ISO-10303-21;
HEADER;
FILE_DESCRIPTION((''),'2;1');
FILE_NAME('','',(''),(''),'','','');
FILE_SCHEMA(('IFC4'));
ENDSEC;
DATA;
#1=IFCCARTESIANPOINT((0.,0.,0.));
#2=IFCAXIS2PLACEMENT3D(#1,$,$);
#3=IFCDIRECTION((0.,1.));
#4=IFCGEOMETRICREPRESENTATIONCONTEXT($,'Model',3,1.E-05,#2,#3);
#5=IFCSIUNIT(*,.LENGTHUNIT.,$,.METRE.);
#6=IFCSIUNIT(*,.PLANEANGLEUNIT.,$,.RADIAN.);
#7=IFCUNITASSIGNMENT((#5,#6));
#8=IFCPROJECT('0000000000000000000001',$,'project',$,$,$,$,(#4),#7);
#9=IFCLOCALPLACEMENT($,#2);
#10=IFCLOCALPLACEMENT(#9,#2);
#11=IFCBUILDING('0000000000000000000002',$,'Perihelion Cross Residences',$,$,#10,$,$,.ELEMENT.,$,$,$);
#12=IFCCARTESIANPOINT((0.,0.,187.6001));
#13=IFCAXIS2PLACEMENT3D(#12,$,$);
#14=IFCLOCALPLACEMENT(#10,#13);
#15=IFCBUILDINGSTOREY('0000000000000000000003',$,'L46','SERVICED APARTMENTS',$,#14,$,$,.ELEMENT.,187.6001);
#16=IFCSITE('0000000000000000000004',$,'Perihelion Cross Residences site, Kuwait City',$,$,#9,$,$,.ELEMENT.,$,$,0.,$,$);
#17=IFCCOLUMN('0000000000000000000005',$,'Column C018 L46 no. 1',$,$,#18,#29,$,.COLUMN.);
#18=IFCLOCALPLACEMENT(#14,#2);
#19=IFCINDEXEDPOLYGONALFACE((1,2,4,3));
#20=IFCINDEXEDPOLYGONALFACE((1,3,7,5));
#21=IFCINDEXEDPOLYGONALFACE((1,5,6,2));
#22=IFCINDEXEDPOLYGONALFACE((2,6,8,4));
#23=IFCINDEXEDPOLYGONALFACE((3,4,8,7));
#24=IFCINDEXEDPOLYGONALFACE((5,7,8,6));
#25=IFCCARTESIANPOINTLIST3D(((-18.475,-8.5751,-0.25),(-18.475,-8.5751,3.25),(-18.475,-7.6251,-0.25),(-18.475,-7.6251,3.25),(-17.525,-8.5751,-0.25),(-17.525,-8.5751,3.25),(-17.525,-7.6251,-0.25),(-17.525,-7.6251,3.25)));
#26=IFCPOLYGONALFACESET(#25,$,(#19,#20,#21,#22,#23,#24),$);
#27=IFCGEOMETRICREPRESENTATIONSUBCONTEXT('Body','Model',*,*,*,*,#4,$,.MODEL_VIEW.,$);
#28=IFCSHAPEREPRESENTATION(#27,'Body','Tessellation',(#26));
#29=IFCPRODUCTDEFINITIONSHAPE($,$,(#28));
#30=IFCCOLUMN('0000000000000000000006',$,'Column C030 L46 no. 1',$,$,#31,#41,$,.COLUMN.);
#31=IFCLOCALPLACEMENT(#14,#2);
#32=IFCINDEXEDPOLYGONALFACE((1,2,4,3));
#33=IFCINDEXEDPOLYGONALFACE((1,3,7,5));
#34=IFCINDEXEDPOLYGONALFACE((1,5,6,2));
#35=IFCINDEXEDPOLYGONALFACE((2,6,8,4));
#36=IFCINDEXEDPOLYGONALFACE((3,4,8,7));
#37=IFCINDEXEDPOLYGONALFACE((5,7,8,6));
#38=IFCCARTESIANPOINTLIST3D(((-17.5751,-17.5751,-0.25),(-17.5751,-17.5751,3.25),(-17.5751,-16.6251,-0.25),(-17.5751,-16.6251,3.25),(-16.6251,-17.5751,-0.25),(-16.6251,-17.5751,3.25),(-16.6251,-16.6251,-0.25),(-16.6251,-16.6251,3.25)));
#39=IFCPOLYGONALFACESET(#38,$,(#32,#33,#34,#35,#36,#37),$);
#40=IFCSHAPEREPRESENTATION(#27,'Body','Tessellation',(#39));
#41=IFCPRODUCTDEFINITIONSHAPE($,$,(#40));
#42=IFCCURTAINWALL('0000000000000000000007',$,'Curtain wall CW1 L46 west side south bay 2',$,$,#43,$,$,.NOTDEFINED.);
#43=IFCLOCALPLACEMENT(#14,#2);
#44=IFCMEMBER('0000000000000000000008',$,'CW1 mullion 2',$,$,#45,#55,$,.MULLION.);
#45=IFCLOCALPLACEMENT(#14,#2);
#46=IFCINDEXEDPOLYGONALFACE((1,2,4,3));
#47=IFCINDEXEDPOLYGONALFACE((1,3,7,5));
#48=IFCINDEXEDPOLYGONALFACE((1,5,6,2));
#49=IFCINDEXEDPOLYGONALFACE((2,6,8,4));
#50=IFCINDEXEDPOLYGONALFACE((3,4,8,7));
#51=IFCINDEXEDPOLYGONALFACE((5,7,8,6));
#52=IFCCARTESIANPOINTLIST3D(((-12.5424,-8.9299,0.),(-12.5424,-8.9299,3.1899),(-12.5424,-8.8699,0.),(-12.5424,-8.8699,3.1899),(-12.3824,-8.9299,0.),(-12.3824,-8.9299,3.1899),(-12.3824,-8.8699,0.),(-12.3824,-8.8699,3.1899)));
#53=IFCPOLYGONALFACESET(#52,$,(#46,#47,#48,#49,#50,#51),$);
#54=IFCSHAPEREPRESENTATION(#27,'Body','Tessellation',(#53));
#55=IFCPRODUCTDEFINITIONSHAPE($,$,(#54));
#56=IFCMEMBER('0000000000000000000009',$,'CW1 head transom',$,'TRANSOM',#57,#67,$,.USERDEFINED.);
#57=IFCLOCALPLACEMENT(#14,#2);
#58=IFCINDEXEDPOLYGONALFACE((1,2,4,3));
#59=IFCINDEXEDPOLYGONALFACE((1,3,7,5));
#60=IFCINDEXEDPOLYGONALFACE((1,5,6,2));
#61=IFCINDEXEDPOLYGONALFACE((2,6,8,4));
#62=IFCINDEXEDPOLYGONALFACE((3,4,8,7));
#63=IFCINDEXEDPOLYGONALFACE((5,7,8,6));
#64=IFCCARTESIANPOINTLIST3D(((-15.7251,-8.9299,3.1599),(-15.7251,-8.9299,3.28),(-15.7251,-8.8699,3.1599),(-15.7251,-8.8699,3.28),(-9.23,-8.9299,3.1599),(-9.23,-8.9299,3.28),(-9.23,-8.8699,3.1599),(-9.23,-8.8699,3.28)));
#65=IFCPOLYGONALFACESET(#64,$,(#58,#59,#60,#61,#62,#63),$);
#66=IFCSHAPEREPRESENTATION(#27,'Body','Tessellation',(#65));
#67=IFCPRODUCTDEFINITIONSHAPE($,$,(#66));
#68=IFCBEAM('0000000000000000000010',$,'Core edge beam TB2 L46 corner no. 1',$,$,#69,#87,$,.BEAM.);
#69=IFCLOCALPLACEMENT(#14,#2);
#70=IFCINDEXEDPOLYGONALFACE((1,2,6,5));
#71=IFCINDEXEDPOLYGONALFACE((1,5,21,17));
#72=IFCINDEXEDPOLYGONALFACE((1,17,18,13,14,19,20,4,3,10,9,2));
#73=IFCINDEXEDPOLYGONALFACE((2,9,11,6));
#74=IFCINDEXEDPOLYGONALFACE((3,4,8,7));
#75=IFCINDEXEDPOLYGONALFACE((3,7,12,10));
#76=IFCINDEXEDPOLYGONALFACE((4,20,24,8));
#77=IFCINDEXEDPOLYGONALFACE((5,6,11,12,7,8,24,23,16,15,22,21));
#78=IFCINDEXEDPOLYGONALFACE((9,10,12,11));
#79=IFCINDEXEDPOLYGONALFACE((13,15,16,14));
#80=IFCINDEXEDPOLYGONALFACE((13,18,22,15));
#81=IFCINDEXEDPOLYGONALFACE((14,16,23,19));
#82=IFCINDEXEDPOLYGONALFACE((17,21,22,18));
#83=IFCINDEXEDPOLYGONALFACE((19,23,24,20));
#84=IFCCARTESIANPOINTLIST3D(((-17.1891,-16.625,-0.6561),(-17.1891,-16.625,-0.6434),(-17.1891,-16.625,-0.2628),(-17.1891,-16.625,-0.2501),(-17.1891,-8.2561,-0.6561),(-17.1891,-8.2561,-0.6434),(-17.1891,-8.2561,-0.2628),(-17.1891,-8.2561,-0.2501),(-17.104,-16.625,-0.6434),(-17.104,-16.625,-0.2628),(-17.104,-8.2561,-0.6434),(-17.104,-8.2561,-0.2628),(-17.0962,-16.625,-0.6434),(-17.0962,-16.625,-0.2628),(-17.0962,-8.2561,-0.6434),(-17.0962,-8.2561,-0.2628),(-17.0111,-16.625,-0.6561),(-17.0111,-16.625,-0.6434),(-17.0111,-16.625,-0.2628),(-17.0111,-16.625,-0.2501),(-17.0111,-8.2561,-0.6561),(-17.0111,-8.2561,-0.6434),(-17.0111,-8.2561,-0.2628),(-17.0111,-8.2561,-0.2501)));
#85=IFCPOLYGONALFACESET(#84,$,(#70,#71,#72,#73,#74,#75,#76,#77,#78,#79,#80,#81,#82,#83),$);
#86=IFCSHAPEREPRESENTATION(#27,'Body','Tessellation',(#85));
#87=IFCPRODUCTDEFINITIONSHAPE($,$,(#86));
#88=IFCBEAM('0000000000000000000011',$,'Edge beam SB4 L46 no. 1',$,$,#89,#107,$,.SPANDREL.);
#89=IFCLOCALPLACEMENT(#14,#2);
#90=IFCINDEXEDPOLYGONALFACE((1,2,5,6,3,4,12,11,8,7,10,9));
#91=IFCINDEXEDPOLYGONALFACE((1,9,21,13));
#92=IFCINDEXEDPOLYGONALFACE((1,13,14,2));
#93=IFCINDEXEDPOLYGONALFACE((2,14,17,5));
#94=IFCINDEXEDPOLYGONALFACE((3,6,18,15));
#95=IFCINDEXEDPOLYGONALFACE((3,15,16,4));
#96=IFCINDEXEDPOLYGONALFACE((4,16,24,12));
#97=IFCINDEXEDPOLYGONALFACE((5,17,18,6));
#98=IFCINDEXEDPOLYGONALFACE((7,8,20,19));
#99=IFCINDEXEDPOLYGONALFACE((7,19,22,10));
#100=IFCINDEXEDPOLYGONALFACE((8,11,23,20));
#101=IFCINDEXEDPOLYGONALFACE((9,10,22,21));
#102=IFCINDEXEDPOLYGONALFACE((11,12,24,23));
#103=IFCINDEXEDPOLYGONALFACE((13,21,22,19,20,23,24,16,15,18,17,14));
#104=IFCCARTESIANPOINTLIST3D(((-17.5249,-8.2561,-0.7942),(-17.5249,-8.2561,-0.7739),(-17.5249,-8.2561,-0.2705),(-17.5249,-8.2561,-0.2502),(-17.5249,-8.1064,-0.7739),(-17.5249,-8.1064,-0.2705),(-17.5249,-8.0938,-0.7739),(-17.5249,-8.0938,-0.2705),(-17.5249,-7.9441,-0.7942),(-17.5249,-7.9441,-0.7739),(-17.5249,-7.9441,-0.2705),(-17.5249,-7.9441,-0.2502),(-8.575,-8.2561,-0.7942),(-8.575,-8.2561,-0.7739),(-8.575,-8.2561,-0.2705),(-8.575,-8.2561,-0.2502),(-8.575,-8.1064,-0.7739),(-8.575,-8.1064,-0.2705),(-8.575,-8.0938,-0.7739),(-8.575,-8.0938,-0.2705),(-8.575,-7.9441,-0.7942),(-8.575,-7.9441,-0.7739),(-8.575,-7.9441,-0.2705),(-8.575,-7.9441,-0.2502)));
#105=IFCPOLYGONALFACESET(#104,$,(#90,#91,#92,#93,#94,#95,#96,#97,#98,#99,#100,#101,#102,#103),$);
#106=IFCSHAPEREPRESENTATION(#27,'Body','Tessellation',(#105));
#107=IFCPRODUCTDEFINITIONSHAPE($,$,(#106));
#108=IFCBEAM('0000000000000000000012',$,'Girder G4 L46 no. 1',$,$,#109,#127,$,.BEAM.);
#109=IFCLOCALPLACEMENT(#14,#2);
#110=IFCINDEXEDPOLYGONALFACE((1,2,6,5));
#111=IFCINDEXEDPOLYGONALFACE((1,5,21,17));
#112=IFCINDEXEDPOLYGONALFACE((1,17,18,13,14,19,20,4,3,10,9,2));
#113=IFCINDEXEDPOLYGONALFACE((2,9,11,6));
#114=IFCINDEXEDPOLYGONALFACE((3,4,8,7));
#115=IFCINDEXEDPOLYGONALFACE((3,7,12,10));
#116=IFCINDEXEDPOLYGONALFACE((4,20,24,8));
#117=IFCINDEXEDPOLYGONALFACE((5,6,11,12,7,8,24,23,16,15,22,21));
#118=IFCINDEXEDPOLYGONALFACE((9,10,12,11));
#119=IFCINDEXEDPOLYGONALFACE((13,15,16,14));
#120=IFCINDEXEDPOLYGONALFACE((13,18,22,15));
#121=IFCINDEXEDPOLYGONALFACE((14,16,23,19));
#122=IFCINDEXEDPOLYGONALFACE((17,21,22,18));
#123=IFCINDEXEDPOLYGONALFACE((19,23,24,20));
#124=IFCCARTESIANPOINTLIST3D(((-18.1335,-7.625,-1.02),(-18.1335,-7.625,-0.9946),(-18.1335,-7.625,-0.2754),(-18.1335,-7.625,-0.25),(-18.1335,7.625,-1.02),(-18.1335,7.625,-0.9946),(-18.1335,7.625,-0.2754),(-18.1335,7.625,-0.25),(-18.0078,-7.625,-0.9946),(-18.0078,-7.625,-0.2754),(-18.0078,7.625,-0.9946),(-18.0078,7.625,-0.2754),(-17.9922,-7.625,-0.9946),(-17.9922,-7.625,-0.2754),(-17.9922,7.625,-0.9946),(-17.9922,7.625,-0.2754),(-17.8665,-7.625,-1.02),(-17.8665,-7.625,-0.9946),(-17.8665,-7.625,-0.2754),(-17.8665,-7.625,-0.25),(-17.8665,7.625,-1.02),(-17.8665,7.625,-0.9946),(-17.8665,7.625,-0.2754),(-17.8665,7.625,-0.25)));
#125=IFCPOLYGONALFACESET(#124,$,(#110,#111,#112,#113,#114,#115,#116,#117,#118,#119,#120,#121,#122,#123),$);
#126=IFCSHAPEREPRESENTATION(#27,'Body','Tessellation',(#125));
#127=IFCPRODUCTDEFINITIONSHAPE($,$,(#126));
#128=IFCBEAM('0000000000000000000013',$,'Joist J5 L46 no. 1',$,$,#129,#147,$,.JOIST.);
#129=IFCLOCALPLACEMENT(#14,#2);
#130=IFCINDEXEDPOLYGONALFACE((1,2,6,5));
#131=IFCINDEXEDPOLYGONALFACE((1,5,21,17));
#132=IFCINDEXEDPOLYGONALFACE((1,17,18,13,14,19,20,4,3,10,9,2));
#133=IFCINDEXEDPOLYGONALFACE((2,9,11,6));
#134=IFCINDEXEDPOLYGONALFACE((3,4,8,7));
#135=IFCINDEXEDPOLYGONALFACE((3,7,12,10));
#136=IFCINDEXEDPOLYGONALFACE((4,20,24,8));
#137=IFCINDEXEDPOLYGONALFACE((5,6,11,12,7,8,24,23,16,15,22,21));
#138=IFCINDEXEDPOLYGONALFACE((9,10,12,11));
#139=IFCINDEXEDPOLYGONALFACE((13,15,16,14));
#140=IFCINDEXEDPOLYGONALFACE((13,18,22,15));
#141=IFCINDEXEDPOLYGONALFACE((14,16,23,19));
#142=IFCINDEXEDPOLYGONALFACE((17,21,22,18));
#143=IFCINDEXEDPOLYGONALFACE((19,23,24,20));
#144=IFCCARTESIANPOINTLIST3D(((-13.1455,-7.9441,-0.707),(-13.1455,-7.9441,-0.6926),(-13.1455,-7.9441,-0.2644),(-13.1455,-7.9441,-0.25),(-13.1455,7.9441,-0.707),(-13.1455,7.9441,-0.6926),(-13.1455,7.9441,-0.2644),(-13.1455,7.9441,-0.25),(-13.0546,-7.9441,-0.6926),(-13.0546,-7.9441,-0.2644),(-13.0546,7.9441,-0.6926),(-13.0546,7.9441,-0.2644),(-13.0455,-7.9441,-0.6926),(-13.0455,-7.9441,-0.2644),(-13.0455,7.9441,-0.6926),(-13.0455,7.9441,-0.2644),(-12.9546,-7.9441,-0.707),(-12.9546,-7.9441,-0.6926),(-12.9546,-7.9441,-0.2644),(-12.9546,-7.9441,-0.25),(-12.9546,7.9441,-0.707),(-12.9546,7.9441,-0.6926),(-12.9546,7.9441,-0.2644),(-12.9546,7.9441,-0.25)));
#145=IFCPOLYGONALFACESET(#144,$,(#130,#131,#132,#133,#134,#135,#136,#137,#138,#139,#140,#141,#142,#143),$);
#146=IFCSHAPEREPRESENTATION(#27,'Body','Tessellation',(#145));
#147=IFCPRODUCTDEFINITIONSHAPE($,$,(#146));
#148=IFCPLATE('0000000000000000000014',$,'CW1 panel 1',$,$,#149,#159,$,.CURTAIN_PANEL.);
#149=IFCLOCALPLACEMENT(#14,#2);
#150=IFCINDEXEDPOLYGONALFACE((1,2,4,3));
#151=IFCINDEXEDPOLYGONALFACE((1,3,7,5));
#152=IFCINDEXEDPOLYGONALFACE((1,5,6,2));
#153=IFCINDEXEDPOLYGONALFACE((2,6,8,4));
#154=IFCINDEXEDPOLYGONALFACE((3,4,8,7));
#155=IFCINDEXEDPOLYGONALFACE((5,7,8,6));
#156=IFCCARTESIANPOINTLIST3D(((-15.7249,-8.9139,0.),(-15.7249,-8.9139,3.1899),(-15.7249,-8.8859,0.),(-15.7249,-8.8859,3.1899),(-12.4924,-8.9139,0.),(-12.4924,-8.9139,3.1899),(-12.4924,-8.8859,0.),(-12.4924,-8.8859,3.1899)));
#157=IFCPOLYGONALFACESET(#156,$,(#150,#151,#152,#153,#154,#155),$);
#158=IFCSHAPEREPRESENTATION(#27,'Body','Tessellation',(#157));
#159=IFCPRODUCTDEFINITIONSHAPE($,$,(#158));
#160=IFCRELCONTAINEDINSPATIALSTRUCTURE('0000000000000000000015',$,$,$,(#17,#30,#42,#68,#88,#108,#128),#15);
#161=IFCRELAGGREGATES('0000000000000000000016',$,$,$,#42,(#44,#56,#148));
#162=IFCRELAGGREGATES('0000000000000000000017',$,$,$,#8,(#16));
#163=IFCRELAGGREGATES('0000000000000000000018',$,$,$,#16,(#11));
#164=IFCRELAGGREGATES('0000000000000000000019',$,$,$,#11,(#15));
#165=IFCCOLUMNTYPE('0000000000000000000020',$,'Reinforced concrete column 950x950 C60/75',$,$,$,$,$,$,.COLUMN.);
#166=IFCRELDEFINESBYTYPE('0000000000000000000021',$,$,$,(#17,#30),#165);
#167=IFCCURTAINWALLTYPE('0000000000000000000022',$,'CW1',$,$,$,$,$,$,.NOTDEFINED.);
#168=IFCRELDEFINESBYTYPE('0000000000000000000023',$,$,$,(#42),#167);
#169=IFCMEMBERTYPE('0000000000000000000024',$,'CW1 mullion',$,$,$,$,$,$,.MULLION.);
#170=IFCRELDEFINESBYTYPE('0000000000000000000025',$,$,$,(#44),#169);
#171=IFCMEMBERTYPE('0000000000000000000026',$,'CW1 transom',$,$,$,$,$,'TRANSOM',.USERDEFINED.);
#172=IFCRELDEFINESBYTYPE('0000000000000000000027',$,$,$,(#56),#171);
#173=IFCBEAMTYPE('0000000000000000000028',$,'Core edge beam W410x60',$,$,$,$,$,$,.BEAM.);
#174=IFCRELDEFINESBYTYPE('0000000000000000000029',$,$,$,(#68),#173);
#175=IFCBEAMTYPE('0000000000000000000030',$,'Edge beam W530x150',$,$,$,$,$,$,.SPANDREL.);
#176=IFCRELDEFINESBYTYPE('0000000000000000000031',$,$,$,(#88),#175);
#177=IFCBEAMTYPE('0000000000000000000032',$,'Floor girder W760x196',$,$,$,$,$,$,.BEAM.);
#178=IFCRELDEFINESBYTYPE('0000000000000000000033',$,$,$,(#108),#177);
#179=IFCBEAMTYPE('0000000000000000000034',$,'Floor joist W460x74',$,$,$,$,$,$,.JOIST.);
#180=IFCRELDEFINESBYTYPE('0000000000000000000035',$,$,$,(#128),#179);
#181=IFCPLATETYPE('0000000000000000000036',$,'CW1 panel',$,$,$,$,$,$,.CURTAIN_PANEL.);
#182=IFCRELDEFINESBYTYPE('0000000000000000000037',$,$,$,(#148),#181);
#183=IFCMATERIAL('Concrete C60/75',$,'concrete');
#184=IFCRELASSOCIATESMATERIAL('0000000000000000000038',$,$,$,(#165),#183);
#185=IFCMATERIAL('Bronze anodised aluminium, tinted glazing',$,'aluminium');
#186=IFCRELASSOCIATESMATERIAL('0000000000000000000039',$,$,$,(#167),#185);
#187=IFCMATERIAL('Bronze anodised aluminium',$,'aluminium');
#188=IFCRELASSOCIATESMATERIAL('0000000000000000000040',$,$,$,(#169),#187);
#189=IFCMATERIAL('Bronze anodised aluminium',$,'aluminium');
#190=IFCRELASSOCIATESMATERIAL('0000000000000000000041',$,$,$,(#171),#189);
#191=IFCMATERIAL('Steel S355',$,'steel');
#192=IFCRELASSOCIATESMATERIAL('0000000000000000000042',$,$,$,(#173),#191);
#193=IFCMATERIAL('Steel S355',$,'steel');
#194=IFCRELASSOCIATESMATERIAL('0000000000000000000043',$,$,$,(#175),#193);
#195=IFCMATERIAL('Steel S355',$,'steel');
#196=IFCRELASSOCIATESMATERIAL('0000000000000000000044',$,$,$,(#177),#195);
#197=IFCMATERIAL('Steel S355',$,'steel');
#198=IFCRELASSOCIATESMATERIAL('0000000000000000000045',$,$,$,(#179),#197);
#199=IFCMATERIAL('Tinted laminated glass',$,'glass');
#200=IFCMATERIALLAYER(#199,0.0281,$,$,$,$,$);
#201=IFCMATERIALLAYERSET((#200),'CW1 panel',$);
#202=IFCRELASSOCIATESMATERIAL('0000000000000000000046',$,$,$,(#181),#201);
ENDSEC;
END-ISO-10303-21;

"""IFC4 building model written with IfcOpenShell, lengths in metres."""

from ifc_helpers import new_model, si_unit, direction, frame, origin, origin_2d, place, context, subcontext, project, spatial, rectangle, i_section, extrude, material, layer, layer_set, material_profile, profile_set, type_object, element, aggregate, save


model = new_model("IFC4")

# Units and contexts
model_context = context("Model", 3, precision=1e-05, world=origin(), true_north=direction((0.0, 1.0)))
body_context = subcontext(model_context, "Body", "Model", "MODEL_VIEW")
ifc_project = project(units=[si_unit("LENGTHUNIT", "METRE"), si_unit("PLANEANGLEUNIT", "RADIAN")], contexts=[model_context])

# Site, building, storey
site_placement = place(None, origin())
site = spatial("IfcSite", under=ifc_project, at=site_placement, Name="Perihelion Cross Residences site, Kuwait City", CompositionType="ELEMENT", RefElevation=0.0)
building_placement = place(site_placement, origin())
building = spatial("IfcBuilding", under=site, at=building_placement, Name="Perihelion Cross Residences", CompositionType="ELEMENT")
storey_placement = place(building_placement, frame((0.0, 0.0, 187.6001)))
storey = spatial("IfcBuildingStorey", under=building, at=storey_placement, Name="L46", Description="SERVICED APARTMENTS", CompositionType="ELEMENT", Elevation=187.6001)

# Columns
ifc_material_1 = material(Name="Concrete C60/75", Category="concrete")
ifc_material_profile_1 = material_profile(ifc_material_1, rectangle(XDim=0.95, YDim=0.95, at=origin_2d()), Name="RC 950x950")
ifc_profile_set_1 = profile_set([ifc_material_profile_1], Name="Concrete C60/75")
column_type = type_object("IfcColumnType", Name="Reinforced concrete column 950x950 C60/75", PredefinedType="COLUMN", material=ifc_profile_set_1)
for number, where, z_axis, x_axis, name in (
    (1, (-18.0, -8.1001, -0.25), (0.0, 0.0, 1.0), (1.0, 0.0, 0.0), "Column C018 L46 no. 1"),
    (2, (-17.1001, -17.1001, -0.25), (0.0, 0.0, 1.0), (1.0, 0.0, 0.0), "Column C030 L46 no. 1"),
):
    element("IfcColumn", number, at=place(storey_placement, frame(where, z_axis=z_axis, x_axis=x_axis)), inside=storey, type_object=column_type, Name=name, PredefinedType="COLUMN", context=body_context, shape_type="SweptSolid", body=[
        extrude(rectangle(XDim=0.95, YDim=0.95, at=origin_2d()), origin(), (0.0, 0.0, 1.0), 3.5),
    ])

# Curtain wall, members
ifc_material_2 = material(Name="Bronze anodised aluminium, tinted glazing", Category="aluminium")
curtain_wall_type = type_object("IfcCurtainWallType", Name="CW1", PredefinedType="NOTDEFINED", material=ifc_material_2)
curtain_wall_placement = place(storey_placement, origin())
curtain_wall = element("IfcCurtainWall", 3, at=curtain_wall_placement, inside=storey, type_object=curtain_wall_type, Name="Curtain wall CW1 L46 west side south bay 2", PredefinedType="NOTDEFINED")
ifc_material_3 = material(Name="Bronze anodised aluminium", Category="aluminium")
ifc_material_profile_2 = material_profile(ifc_material_3, rectangle(XDim=0.0601, YDim=0.1599, at=origin_2d()), Name="CW1 mullion")
ifc_profile_set_2 = profile_set([ifc_material_profile_2], Name="Bronze anodised aluminium")
member_type_1 = type_object("IfcMemberType", Name="CW1 mullion", PredefinedType="MULLION", material=ifc_profile_set_2)
member_1_placement = place(storey_placement, frame((-12.4624, -8.8999, 0.0), z_axis=(0.0, 0.0, 1.0), x_axis=(0.0, 1.0, 0.0)))
member_1 = element("IfcMember", 4, at=member_1_placement, type_object=member_type_1, Name="CW1 mullion 2", PredefinedType="MULLION", context=body_context, shape_type="SweptSolid", body=[
    extrude(rectangle(XDim=0.0601, YDim=0.1599, at=origin_2d()), origin(), (0.0, 0.0, 1.0), 3.1899),
])
ifc_material_4 = material(Name="Bronze anodised aluminium", Category="aluminium")
ifc_material_profile_3 = material_profile(ifc_material_4, rectangle(XDim=0.0601, YDim=0.1201, at=origin_2d()), Name="CW1 transom")
ifc_profile_set_3 = profile_set([ifc_material_profile_3], Name="Bronze anodised aluminium")
member_type_2 = type_object("IfcMemberType", Name="CW1 transom", ElementType="TRANSOM", PredefinedType="USERDEFINED", material=ifc_profile_set_3)
member_2_placement = place(storey_placement, frame((-15.7251, -8.8999, 3.22), z_axis=(1.0, 0.0, 0.0), x_axis=(0.0, 1.0, 0.0)))
member_2 = element("IfcMember", 5, at=member_2_placement, type_object=member_type_2, Name="CW1 head transom", ObjectType="TRANSOM", PredefinedType="USERDEFINED", context=body_context, shape_type="SweptSolid", body=[
    extrude(rectangle(XDim=0.0601, YDim=0.1201, at=origin_2d()), origin(), (0.0, 0.0, 1.0), 6.4951),
])

# Beams
ifc_material_5 = material(Name="Steel S355", Category="steel")
ifc_material_profile_4 = material_profile(ifc_material_5, i_section(OverallWidth=0.178, OverallDepth=0.406, WebThickness=0.0078, FlangeThickness=0.0127, at=origin_2d()), Name="W410x60")
ifc_profile_set_4 = profile_set([ifc_material_profile_4], Name="Steel S355")
beam_type_1 = type_object("IfcBeamType", Name="Core edge beam W410x60", PredefinedType="BEAM", material=ifc_profile_set_4)
beam_1_placement = place(storey_placement, frame((-17.1001, -8.2561, -0.4531), z_axis=(0.0, -1.0, 0.0), x_axis=(1.0, 0.0, 0.0)))
element("IfcBeam", 6, at=beam_1_placement, inside=storey, type_object=beam_type_1, Name="Core edge beam TB2 L46 corner no. 1", PredefinedType="BEAM", context=body_context, shape_type="SweptSolid", body=[
    extrude(i_section(OverallWidth=0.178, OverallDepth=0.406, WebThickness=0.0078, FlangeThickness=0.0127, at=origin_2d()), origin(), (0.0, 0.0, 1.0), 8.3689),
])
ifc_material_6 = material(Name="Steel S355", Category="steel")
ifc_material_profile_5 = material_profile(ifc_material_6, i_section(OverallWidth=0.312, OverallDepth=0.5439, WebThickness=0.0127, FlangeThickness=0.0203, at=origin_2d()), Name="W530x150")
ifc_profile_set_5 = profile_set([ifc_material_profile_5], Name="Steel S355")
beam_type_2 = type_object("IfcBeamType", Name="Edge beam W530x150", PredefinedType="SPANDREL", material=ifc_profile_set_5)
beam_2_placement = place(storey_placement, frame((-17.5249, -8.1001, -0.5222), z_axis=(1.0, 0.0, 0.0), x_axis=(0.0, 1.0, 0.0)))
element("IfcBeam", 7, at=beam_2_placement, inside=storey, type_object=beam_type_2, Name="Edge beam SB4 L46 no. 1", PredefinedType="SPANDREL", context=body_context, shape_type="SweptSolid", body=[
    extrude(i_section(OverallWidth=0.312, OverallDepth=0.5439, WebThickness=0.0127, FlangeThickness=0.0203, at=origin_2d()), origin(), (0.0, 0.0, 1.0), 8.95),
])
ifc_material_7 = material(Name="Steel S355", Category="steel")
ifc_material_profile_6 = material_profile(ifc_material_7, i_section(OverallWidth=0.2671, OverallDepth=0.77, WebThickness=0.0156, FlangeThickness=0.0254, at=origin_2d()), Name="W760x196")
ifc_profile_set_6 = profile_set([ifc_material_profile_6], Name="Steel S355")
beam_type_3 = type_object("IfcBeamType", Name="Floor girder W760x196", PredefinedType="BEAM", material=ifc_profile_set_6)
beam_3_placement = place(storey_placement, frame((-18.0, -7.625, -0.635), z_axis=(0.0, 1.0, 0.0), x_axis=(-1.0, 0.0, 0.0)))
element("IfcBeam", 8, at=beam_3_placement, inside=storey, type_object=beam_type_3, Name="Girder G4 L46 no. 1", PredefinedType="BEAM", context=body_context, shape_type="SweptSolid", body=[
    extrude(i_section(OverallWidth=0.2671, OverallDepth=0.77, WebThickness=0.0156, FlangeThickness=0.0254, at=origin_2d()), origin(), (0.0, 0.0, 1.0), 15.25),
])
ifc_material_8 = material(Name="Steel S355", Category="steel")
ifc_material_profile_7 = material_profile(ifc_material_8, i_section(OverallWidth=0.1909, OverallDepth=0.457, WebThickness=0.009, FlangeThickness=0.0144, at=origin_2d()), Name="W460x74")
ifc_profile_set_7 = profile_set([ifc_material_profile_7], Name="Steel S355")
beam_type_4 = type_object("IfcBeamType", Name="Floor joist W460x74", PredefinedType="JOIST", material=ifc_profile_set_7)
beam_4_placement = place(storey_placement, frame((-13.05, -7.9441, -0.4785), z_axis=(0.0, 1.0, 0.0), x_axis=(-1.0, 0.0, 0.0)))
element("IfcBeam", 9, at=beam_4_placement, inside=storey, type_object=beam_type_4, Name="Joist J5 L46 no. 1", PredefinedType="JOIST", context=body_context, shape_type="SweptSolid", body=[
    extrude(i_section(OverallWidth=0.1909, OverallDepth=0.457, WebThickness=0.009, FlangeThickness=0.0144, at=origin_2d()), origin(), (0.0, 0.0, 1.0), 15.8882),
])

# Plate
ifc_material_9 = material(Name="Tinted laminated glass", Category="glass")
ifc_layer_1 = layer(ifc_material_9, 0.0281)
ifc_layer_set_1 = layer_set([ifc_layer_1], Name="CW1 panel")
plate_type = type_object("IfcPlateType", Name="CW1 panel", PredefinedType="CURTAIN_PANEL", material=ifc_layer_set_1)
plate_placement = place(storey_placement, frame((-14.1086, -8.8999, 0.0), z_axis=(0.0, 0.0, 1.0), x_axis=(1.0, 0.0, 0.0)))
plate = element("IfcPlate", 10, at=plate_placement, type_object=plate_type, Name="CW1 panel 1", PredefinedType="CURTAIN_PANEL", context=body_context, shape_type="SweptSolid", body=[
    extrude(rectangle(XDim=3.2324, YDim=0.0281, at=origin_2d()), origin(), (0.0, 0.0, 1.0), 3.1899),
])
aggregate(curtain_wall, [member_1, member_2, plate])

save(model, "model.ifc")
